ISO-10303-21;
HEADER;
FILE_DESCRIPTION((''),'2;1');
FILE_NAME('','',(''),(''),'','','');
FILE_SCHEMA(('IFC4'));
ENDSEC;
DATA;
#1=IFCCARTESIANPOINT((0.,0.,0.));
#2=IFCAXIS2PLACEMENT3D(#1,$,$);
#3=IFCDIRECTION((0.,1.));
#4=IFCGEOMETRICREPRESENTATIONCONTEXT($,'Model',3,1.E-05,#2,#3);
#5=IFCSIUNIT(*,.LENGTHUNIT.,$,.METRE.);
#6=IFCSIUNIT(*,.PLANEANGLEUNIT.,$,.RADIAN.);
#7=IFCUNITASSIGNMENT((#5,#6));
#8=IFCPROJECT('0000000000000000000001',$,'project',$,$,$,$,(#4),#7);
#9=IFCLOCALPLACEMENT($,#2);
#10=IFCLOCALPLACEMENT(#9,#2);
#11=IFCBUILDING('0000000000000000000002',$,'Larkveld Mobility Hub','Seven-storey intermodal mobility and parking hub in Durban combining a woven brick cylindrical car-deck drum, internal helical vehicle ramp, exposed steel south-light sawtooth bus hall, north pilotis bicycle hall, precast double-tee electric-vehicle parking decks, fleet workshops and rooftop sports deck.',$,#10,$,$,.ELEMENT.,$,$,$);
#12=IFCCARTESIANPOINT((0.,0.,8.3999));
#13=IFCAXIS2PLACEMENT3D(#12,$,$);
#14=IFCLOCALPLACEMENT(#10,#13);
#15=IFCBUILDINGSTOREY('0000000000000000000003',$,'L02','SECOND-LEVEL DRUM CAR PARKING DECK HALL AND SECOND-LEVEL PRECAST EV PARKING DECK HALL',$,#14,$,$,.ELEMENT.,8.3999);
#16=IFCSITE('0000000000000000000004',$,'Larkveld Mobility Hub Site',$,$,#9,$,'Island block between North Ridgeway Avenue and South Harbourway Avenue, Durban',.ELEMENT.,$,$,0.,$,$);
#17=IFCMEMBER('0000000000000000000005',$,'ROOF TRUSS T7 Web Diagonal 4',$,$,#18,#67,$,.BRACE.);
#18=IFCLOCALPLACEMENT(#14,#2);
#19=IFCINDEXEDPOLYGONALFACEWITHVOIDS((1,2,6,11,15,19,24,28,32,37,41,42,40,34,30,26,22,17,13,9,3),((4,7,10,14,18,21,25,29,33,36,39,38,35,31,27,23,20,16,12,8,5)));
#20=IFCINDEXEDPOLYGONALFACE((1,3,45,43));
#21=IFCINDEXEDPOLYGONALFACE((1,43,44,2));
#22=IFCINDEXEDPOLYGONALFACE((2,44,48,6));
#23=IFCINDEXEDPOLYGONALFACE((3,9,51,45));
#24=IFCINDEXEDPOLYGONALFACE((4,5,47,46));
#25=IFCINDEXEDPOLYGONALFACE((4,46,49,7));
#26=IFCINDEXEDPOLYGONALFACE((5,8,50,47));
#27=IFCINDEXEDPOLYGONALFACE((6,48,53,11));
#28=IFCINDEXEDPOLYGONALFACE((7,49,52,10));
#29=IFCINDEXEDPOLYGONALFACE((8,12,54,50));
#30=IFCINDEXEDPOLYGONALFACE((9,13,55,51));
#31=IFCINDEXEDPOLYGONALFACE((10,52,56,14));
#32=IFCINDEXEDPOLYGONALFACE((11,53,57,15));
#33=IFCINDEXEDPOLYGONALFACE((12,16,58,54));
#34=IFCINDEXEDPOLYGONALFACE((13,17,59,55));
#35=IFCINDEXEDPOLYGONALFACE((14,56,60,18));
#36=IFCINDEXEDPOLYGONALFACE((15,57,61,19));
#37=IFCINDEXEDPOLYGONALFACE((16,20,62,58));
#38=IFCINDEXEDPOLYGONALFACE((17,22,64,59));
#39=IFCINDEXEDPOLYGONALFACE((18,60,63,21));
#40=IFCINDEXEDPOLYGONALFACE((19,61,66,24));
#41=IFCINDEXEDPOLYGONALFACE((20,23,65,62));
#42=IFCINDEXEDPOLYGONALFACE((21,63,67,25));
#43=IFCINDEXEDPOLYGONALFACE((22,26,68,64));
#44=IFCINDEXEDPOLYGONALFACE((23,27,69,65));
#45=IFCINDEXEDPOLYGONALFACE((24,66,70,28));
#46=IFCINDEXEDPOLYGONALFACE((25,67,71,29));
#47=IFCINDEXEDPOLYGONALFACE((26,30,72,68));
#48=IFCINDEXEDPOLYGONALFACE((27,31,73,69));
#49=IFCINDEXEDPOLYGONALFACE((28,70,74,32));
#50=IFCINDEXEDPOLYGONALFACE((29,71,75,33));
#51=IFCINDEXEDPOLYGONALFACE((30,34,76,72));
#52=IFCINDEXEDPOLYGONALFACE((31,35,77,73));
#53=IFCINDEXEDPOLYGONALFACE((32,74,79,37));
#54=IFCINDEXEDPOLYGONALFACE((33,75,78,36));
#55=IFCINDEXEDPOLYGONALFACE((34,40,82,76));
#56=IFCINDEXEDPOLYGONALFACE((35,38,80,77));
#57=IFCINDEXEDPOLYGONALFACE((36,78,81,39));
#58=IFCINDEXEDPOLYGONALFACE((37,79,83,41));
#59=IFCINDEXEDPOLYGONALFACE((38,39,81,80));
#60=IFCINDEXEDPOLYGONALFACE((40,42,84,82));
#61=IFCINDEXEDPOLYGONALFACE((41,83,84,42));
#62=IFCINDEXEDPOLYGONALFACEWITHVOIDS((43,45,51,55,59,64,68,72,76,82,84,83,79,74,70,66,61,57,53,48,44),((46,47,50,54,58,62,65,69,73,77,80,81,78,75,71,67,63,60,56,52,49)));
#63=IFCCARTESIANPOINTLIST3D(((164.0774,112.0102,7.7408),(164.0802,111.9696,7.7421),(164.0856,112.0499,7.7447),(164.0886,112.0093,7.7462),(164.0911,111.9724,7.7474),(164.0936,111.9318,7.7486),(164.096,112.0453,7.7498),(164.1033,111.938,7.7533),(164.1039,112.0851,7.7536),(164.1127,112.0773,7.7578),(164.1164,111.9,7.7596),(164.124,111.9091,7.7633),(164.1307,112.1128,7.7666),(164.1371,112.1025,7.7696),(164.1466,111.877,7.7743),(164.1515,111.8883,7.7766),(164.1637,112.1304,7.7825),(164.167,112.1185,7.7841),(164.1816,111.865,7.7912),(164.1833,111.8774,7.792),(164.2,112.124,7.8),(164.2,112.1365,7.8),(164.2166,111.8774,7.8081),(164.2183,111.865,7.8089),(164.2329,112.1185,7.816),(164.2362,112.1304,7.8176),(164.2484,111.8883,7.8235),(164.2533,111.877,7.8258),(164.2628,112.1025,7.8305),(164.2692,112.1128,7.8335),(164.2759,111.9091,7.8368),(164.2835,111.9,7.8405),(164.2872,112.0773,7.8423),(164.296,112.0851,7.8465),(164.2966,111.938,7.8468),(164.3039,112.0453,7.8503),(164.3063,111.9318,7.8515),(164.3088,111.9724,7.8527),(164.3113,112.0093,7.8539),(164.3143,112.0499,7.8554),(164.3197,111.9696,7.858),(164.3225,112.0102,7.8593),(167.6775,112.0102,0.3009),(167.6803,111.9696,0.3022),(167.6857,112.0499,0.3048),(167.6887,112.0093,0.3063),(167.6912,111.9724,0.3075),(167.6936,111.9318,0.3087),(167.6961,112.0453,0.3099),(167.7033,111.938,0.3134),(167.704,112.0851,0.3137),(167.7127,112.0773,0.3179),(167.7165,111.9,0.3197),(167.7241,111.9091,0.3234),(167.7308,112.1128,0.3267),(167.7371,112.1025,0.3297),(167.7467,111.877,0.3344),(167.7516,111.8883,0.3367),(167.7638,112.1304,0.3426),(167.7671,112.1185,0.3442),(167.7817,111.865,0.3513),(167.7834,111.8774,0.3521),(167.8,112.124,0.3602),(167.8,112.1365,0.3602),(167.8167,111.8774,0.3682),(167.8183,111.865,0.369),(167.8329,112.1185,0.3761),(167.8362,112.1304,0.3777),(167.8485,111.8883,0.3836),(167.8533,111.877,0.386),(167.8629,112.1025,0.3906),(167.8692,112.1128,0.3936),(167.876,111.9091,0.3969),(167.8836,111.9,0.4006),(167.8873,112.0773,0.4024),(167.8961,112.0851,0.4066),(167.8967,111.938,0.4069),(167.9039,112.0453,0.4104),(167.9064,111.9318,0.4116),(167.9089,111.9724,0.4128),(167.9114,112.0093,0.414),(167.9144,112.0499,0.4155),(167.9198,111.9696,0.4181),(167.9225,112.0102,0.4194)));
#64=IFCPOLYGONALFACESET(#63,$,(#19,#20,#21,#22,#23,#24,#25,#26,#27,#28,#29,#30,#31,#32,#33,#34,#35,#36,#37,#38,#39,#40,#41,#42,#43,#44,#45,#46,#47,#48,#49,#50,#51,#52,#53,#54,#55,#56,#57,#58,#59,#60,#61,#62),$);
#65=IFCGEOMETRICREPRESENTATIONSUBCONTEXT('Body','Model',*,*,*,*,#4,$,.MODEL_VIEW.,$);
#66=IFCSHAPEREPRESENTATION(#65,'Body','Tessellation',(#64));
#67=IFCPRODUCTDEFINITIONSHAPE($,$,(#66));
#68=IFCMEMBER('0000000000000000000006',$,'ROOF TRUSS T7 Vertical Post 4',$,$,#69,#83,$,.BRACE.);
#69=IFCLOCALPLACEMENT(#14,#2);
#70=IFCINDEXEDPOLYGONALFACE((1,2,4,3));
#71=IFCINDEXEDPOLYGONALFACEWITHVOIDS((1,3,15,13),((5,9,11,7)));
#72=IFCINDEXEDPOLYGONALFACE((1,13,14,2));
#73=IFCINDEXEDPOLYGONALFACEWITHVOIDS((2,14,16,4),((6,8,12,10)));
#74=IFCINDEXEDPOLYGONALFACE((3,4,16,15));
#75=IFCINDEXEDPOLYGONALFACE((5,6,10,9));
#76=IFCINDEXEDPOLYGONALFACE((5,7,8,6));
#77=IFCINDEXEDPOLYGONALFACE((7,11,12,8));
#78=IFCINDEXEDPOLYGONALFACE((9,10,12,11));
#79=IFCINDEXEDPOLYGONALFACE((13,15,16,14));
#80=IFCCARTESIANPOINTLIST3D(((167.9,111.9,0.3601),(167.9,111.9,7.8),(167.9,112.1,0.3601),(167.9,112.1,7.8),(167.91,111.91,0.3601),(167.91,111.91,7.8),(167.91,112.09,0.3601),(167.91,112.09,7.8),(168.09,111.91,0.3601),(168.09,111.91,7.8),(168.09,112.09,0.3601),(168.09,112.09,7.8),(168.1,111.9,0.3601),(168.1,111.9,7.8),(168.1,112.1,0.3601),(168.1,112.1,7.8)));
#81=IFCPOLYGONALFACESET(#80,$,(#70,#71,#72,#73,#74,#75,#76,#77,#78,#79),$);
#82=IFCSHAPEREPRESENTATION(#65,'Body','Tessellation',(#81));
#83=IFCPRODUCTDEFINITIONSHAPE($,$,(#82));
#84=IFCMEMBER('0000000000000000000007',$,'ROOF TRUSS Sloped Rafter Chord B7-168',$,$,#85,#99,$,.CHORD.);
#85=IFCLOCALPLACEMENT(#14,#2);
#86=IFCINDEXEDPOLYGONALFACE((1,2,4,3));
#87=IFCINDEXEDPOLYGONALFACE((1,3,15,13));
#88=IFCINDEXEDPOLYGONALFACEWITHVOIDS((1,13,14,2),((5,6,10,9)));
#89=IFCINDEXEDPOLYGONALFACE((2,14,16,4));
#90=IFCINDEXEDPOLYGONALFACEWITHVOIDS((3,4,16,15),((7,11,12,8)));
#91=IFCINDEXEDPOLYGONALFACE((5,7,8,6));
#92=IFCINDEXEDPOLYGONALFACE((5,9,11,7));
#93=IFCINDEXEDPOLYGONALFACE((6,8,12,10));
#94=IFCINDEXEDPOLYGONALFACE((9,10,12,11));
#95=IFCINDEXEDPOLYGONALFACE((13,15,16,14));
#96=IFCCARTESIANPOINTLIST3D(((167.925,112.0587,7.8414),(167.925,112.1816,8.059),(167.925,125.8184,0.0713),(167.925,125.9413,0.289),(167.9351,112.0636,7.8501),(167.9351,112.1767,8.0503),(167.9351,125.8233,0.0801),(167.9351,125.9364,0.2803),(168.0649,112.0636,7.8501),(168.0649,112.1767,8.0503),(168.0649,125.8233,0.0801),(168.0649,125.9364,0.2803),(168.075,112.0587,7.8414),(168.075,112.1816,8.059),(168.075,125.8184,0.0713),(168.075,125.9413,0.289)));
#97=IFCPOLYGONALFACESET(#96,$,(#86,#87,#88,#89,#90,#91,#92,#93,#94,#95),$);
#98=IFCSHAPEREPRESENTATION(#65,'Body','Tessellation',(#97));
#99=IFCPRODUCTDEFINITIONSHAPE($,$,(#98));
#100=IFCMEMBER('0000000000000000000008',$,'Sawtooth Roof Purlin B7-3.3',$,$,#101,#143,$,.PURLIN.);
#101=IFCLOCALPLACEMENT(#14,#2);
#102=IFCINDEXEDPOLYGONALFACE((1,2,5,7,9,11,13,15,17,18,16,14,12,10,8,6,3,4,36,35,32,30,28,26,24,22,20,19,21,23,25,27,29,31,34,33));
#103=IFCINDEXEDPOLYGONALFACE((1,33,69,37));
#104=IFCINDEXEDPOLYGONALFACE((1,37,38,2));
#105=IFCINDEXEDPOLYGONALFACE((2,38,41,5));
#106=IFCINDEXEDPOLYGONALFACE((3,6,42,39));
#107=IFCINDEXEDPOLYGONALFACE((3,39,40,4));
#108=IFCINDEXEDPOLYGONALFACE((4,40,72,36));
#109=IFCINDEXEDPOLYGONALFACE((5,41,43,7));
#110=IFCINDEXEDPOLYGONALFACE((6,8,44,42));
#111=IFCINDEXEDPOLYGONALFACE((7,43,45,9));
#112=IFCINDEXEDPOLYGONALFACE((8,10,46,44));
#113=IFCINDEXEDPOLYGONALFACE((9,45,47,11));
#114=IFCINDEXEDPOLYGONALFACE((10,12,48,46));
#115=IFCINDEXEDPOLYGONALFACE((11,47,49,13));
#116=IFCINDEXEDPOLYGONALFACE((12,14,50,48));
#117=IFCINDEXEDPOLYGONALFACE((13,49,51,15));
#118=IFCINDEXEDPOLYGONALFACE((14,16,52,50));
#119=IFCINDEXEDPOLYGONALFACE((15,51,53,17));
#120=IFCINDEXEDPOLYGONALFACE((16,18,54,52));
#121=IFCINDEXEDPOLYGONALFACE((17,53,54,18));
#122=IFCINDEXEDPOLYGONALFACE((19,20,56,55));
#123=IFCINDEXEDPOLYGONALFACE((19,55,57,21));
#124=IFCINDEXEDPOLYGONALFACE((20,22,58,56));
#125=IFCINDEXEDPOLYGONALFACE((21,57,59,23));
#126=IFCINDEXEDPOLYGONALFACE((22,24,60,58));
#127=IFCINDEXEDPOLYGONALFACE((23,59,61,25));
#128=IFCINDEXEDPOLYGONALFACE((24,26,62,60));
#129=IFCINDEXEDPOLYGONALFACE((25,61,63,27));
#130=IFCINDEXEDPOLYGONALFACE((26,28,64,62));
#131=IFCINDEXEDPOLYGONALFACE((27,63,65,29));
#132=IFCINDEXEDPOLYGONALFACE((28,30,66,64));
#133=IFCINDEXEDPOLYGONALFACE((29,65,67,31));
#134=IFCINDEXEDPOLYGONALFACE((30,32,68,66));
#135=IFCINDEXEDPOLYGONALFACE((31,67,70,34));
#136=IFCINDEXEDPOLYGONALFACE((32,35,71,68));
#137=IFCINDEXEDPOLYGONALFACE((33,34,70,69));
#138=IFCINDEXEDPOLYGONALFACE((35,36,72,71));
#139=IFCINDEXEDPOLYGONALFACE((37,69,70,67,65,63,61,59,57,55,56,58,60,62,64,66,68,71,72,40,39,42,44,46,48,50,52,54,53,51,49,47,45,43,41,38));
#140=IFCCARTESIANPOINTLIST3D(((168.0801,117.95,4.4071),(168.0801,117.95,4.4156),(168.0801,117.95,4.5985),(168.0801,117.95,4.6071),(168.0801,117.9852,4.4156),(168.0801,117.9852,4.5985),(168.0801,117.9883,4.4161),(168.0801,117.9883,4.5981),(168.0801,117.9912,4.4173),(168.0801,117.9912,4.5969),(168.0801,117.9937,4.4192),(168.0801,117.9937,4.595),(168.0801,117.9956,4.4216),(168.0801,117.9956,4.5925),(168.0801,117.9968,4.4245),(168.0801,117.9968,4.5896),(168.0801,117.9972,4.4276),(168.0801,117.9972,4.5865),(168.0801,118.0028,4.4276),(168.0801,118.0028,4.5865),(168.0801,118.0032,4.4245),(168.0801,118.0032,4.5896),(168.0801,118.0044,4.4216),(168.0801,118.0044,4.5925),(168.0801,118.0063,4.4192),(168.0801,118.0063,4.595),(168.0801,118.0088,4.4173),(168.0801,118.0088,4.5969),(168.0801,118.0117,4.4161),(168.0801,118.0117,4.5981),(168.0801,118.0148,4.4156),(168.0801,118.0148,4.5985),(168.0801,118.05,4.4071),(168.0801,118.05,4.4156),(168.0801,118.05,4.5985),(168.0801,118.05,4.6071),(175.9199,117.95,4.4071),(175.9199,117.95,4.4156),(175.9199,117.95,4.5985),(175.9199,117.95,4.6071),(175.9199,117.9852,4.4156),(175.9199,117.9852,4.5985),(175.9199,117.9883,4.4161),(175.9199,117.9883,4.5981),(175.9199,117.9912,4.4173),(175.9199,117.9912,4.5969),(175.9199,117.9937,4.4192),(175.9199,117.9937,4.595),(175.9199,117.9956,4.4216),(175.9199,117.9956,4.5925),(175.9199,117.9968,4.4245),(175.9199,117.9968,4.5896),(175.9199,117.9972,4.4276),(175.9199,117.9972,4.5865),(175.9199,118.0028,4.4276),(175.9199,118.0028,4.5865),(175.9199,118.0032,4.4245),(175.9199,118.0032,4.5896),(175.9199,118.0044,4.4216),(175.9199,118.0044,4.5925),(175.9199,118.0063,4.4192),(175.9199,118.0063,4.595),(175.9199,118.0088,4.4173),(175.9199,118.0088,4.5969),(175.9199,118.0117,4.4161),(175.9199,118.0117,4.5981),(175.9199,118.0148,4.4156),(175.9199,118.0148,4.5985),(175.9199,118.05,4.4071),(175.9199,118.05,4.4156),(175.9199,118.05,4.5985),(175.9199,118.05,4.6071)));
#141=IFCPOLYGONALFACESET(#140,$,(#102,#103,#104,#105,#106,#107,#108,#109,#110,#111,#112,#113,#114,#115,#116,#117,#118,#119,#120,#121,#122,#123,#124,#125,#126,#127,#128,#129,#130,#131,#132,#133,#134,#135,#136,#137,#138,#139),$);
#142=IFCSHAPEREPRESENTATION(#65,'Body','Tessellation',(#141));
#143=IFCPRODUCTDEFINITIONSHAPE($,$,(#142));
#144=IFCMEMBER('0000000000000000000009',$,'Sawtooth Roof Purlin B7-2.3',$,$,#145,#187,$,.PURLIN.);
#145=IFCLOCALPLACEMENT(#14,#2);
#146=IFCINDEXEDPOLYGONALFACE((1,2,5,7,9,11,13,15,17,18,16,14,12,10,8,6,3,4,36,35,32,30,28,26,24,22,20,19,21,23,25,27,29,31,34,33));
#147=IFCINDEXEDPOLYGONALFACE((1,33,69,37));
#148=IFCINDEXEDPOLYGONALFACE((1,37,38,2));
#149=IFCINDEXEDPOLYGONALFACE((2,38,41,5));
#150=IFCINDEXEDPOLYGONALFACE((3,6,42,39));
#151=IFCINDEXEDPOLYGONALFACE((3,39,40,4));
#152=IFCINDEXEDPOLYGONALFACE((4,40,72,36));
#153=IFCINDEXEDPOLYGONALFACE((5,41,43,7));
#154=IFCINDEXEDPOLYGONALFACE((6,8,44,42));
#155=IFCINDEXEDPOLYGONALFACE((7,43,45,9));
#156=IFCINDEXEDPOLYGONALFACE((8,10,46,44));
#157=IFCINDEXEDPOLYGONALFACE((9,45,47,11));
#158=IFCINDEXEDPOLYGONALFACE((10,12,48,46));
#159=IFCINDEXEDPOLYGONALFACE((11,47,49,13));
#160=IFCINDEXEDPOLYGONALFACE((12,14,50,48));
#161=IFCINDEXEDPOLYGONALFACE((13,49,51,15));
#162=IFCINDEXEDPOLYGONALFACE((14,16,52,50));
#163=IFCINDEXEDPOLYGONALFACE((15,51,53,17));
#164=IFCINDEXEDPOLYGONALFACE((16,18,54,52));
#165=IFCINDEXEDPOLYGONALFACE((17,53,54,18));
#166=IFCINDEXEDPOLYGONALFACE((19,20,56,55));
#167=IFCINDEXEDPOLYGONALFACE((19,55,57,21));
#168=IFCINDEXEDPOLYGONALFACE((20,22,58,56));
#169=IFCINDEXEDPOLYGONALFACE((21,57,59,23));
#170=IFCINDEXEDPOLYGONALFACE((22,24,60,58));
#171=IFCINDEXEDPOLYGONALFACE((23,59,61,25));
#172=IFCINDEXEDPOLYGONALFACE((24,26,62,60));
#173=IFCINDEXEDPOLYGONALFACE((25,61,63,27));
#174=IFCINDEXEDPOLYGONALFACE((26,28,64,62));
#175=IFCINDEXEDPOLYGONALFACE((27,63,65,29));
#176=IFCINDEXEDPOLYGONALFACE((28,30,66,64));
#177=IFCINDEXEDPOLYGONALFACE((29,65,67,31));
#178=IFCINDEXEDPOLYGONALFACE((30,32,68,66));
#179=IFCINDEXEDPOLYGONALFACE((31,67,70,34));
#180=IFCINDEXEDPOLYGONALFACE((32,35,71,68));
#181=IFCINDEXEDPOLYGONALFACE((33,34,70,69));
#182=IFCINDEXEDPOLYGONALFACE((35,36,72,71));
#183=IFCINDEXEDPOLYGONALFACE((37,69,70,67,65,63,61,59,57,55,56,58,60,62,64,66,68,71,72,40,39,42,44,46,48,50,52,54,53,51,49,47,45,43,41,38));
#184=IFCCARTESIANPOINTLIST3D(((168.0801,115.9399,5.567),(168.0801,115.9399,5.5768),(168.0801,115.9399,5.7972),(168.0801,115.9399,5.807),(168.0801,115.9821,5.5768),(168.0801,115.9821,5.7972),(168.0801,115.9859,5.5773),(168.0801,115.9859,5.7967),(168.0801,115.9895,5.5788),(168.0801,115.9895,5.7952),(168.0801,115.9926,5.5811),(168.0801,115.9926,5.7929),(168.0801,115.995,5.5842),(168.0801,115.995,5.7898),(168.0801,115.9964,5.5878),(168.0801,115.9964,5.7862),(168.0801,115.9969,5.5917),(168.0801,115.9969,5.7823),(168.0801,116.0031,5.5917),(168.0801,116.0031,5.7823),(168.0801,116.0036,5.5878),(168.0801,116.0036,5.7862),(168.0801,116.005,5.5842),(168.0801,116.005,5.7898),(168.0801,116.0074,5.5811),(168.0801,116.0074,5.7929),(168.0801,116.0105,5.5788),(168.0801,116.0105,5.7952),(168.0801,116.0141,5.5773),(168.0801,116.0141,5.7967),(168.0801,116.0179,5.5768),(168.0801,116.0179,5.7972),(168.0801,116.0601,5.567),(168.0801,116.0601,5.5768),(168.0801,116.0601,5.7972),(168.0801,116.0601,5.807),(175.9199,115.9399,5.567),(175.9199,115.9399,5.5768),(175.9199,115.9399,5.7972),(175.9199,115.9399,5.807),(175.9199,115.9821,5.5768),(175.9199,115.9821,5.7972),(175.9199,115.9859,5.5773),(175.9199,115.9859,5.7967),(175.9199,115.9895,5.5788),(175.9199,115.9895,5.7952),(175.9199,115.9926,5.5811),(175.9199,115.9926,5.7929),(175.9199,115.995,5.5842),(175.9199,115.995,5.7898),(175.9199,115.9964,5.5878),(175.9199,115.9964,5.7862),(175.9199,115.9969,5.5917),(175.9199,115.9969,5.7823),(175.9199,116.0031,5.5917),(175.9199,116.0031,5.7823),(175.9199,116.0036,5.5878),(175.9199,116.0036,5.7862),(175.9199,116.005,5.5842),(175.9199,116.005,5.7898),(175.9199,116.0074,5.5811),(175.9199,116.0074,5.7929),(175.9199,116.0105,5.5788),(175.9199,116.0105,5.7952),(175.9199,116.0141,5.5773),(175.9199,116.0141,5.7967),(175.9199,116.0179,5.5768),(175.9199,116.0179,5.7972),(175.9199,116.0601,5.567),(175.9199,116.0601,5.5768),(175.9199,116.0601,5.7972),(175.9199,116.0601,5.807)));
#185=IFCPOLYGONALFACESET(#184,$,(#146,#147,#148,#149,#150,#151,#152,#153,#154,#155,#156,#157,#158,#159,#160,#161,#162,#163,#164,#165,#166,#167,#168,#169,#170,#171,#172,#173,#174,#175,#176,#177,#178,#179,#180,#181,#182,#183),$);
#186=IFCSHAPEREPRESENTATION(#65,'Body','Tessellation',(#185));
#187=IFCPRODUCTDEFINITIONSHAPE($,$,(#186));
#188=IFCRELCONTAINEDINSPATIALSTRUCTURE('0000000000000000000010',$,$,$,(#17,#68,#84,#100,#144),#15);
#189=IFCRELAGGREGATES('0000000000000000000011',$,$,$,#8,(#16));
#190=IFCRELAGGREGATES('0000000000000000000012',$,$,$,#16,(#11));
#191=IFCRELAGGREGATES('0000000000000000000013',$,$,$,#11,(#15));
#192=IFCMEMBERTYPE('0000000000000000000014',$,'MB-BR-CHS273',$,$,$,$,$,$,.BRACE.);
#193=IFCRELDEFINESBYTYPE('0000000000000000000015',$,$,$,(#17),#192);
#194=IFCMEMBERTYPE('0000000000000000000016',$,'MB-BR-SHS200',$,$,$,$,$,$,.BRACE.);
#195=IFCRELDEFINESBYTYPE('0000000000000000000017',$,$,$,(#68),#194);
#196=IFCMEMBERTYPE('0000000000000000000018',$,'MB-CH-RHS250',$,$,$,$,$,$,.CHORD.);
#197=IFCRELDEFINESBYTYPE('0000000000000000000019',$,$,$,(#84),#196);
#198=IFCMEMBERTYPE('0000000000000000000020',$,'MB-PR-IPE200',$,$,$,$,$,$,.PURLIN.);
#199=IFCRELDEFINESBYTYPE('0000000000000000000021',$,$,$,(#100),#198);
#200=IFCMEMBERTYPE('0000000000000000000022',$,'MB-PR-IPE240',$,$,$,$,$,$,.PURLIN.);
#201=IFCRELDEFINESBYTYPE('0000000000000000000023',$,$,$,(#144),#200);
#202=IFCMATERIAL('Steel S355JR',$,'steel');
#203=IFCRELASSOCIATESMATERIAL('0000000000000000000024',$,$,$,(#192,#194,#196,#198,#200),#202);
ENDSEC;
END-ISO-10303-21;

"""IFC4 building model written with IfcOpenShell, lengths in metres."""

from ifc_helpers import new_model, si_unit, direction, frame, origin, origin_2d, place, context, subcontext, project, spatial, hollow_rectangle, hollow_circle, i_section, extrude, material, material_profile, profile_set, type_object, element, save


model = new_model("IFC4")

# Units and contexts
model_context = context("Model", 3, precision=1e-05, world=origin(), true_north=direction((0.0, 1.0)))
body_context = subcontext(model_context, "Body", "Model", "MODEL_VIEW")
ifc_project = project(units=[si_unit("LENGTHUNIT", "METRE"), si_unit("PLANEANGLEUNIT", "RADIAN")], contexts=[model_context])

# Site, building, storey
site_placement = place(None, origin())
site = spatial("IfcSite", under=ifc_project, at=site_placement, Name="Larkveld Mobility Hub Site", LongName="Island block between North Ridgeway Avenue and South Harbourway Avenue, Durban", CompositionType="ELEMENT", RefElevation=0.0)
building_placement = place(site_placement, origin())
building = spatial("IfcBuilding", under=site, at=building_placement, Name="Larkveld Mobility Hub", Description="Seven-storey intermodal mobility and parking hub in Durban combining a woven brick cylindrical car-deck drum, internal helical vehicle ramp, exposed steel south-light sawtooth bus hall, north pilotis bicycle hall, precast double-tee electric-vehicle parking decks, fleet workshops and rooftop sports deck.", CompositionType="ELEMENT")
storey_placement = place(building_placement, frame((0.0, 0.0, 8.3999)))
storey = spatial("IfcBuildingStorey", under=building, at=storey_placement, Name="L02", Description="SECOND-LEVEL DRUM CAR PARKING DECK HALL AND SECOND-LEVEL PRECAST EV PARKING DECK HALL", CompositionType="ELEMENT", Elevation=8.3999)

# Members
ifc_material_1 = material(Name="Steel S355JR", Category="steel")
ifc_material_profile_1 = material_profile(ifc_material_1, hollow_circle(Radius=0.1365, WallThickness=0.0125, at=origin_2d()), Name="CHS 273x12.5")
ifc_profile_set_1 = profile_set([ifc_material_profile_1], Name="Steel S355JR")
member_type_1 = type_object("IfcMemberType", Name="MB-BR-CHS273", PredefinedType="BRACE", material=ifc_profile_set_1)
member_1_placement = place(storey_placement, frame((164.2, 112.0, 7.8), z_axis=(0.435573, 0.0, -0.900153), x_axis=(0.0, 1.0, 0.0)))
element("IfcMember", 1, at=member_1_placement, inside=storey, type_object=member_type_1, Name="ROOF TRUSS T7 Web Diagonal 4", PredefinedType="BRACE", context=body_context, shape_type="SweptSolid", body=[
    extrude(hollow_circle(Radius=0.1365, WallThickness=0.0125, at=origin_2d()), origin(), (0.0, 0.0, 1.0), 8.2651),
])
ifc_material_profile_2 = material_profile(ifc_material_1, hollow_rectangle(XDim=0.2, YDim=0.2, WallThickness=0.01, at=origin_2d()), Name="SHS 200x200x10")
ifc_profile_set_2 = profile_set([ifc_material_profile_2], Name="Steel S355JR")
member_type_2 = type_object("IfcMemberType", Name="MB-BR-SHS200", PredefinedType="BRACE", material=ifc_profile_set_2)
member_2_placement = place(storey_placement, frame((168.0, 112.0, 0.3601), z_axis=(0.0, 0.0, 1.0), x_axis=(1.0, 0.0, 0.0)))
element("IfcMember", 2, at=member_2_placement, inside=storey, type_object=member_type_2, Name="ROOF TRUSS T7 Vertical Post 4", PredefinedType="BRACE", context=body_context, shape_type="SweptSolid", body=[
    extrude(hollow_rectangle(XDim=0.2, YDim=0.2, WallThickness=0.01, at=origin_2d()), origin(), (0.0, 0.0, 1.0), 7.4399),
])
ifc_material_profile_3 = material_profile(ifc_material_1, hollow_rectangle(XDim=0.1499, YDim=0.25, WallThickness=0.01, at=origin_2d()), Name="RHS 250x150x10")
ifc_profile_set_3 = profile_set([ifc_material_profile_3], Name="Steel S355JR")
member_type_3 = type_object("IfcMemberType", Name="MB-CH-RHS250", PredefinedType="CHORD", material=ifc_profile_set_3)
member_3_placement = place(storey_placement, frame((168.0, 112.1201, 7.9502), z_axis=(0.0, 0.870759, -0.49171), x_axis=(-1.0, 0.0, 0.0)))
element("IfcMember", 3, at=member_3_placement, inside=storey, type_object=member_type_3, Name="ROOF TRUSS Sloped Rafter Chord B7-168", PredefinedType="CHORD", context=body_context, shape_type="SweptSolid", body=[
    extrude(hollow_rectangle(XDim=0.1499, YDim=0.25, WallThickness=0.01, at=origin_2d()), origin(), (0.0, 0.0, 1.0), 15.802),
])
ifc_material_profile_4 = material_profile(ifc_material_1, i_section(OverallWidth=0.1001, OverallDepth=0.2, WebThickness=0.0056, FlangeThickness=0.0085, FilletRadius=0.012, at=origin_2d()), Name="IPE 200")
ifc_profile_set_4 = profile_set([ifc_material_profile_4], Name="Steel S355JR")
member_type_4 = type_object("IfcMemberType", Name="MB-PR-IPE200", PredefinedType="PURLIN", material=ifc_profile_set_4)
member_4_placement = place(storey_placement, frame((168.0801, 118.0, 4.5071), z_axis=(1.0, 0.0, 0.0), x_axis=(0.0, 1.0, 0.0)))
element("IfcMember", 4, at=member_4_placement, inside=storey, type_object=member_type_4, Name="Sawtooth Roof Purlin B7-3.3", PredefinedType="PURLIN", context=body_context, shape_type="SweptSolid", body=[
    extrude(i_section(OverallWidth=0.1001, OverallDepth=0.2, WebThickness=0.0056, FlangeThickness=0.0085, FilletRadius=0.012, at=origin_2d()), origin(), (0.0, 0.0, 1.0), 7.8398),
])
ifc_material_profile_5 = material_profile(ifc_material_1, i_section(OverallWidth=0.1201, OverallDepth=0.24, WebThickness=0.0061, FlangeThickness=0.0098, FilletRadius=0.0149, at=origin_2d()), Name="IPE 240")
ifc_profile_set_5 = profile_set([ifc_material_profile_5], Name="Steel S355JR")
member_type_5 = type_object("IfcMemberType", Name="MB-PR-IPE240", PredefinedType="PURLIN", material=ifc_profile_set_5)
member_5_placement = place(storey_placement, frame((168.0801, 116.0, 5.687), z_axis=(1.0, 0.0, 0.0), x_axis=(0.0, 1.0, 0.0)))
element("IfcMember", 5, at=member_5_placement, inside=storey, type_object=member_type_5, Name="Sawtooth Roof Purlin B7-2.3", PredefinedType="PURLIN", context=body_context, shape_type="SweptSolid", body=[
    extrude(i_section(OverallWidth=0.1201, OverallDepth=0.24, WebThickness=0.0061, FlangeThickness=0.0098, FilletRadius=0.0149, at=origin_2d()), origin(), (0.0, 0.0, 1.0), 7.8398),
])

save(model, "model.ifc")
